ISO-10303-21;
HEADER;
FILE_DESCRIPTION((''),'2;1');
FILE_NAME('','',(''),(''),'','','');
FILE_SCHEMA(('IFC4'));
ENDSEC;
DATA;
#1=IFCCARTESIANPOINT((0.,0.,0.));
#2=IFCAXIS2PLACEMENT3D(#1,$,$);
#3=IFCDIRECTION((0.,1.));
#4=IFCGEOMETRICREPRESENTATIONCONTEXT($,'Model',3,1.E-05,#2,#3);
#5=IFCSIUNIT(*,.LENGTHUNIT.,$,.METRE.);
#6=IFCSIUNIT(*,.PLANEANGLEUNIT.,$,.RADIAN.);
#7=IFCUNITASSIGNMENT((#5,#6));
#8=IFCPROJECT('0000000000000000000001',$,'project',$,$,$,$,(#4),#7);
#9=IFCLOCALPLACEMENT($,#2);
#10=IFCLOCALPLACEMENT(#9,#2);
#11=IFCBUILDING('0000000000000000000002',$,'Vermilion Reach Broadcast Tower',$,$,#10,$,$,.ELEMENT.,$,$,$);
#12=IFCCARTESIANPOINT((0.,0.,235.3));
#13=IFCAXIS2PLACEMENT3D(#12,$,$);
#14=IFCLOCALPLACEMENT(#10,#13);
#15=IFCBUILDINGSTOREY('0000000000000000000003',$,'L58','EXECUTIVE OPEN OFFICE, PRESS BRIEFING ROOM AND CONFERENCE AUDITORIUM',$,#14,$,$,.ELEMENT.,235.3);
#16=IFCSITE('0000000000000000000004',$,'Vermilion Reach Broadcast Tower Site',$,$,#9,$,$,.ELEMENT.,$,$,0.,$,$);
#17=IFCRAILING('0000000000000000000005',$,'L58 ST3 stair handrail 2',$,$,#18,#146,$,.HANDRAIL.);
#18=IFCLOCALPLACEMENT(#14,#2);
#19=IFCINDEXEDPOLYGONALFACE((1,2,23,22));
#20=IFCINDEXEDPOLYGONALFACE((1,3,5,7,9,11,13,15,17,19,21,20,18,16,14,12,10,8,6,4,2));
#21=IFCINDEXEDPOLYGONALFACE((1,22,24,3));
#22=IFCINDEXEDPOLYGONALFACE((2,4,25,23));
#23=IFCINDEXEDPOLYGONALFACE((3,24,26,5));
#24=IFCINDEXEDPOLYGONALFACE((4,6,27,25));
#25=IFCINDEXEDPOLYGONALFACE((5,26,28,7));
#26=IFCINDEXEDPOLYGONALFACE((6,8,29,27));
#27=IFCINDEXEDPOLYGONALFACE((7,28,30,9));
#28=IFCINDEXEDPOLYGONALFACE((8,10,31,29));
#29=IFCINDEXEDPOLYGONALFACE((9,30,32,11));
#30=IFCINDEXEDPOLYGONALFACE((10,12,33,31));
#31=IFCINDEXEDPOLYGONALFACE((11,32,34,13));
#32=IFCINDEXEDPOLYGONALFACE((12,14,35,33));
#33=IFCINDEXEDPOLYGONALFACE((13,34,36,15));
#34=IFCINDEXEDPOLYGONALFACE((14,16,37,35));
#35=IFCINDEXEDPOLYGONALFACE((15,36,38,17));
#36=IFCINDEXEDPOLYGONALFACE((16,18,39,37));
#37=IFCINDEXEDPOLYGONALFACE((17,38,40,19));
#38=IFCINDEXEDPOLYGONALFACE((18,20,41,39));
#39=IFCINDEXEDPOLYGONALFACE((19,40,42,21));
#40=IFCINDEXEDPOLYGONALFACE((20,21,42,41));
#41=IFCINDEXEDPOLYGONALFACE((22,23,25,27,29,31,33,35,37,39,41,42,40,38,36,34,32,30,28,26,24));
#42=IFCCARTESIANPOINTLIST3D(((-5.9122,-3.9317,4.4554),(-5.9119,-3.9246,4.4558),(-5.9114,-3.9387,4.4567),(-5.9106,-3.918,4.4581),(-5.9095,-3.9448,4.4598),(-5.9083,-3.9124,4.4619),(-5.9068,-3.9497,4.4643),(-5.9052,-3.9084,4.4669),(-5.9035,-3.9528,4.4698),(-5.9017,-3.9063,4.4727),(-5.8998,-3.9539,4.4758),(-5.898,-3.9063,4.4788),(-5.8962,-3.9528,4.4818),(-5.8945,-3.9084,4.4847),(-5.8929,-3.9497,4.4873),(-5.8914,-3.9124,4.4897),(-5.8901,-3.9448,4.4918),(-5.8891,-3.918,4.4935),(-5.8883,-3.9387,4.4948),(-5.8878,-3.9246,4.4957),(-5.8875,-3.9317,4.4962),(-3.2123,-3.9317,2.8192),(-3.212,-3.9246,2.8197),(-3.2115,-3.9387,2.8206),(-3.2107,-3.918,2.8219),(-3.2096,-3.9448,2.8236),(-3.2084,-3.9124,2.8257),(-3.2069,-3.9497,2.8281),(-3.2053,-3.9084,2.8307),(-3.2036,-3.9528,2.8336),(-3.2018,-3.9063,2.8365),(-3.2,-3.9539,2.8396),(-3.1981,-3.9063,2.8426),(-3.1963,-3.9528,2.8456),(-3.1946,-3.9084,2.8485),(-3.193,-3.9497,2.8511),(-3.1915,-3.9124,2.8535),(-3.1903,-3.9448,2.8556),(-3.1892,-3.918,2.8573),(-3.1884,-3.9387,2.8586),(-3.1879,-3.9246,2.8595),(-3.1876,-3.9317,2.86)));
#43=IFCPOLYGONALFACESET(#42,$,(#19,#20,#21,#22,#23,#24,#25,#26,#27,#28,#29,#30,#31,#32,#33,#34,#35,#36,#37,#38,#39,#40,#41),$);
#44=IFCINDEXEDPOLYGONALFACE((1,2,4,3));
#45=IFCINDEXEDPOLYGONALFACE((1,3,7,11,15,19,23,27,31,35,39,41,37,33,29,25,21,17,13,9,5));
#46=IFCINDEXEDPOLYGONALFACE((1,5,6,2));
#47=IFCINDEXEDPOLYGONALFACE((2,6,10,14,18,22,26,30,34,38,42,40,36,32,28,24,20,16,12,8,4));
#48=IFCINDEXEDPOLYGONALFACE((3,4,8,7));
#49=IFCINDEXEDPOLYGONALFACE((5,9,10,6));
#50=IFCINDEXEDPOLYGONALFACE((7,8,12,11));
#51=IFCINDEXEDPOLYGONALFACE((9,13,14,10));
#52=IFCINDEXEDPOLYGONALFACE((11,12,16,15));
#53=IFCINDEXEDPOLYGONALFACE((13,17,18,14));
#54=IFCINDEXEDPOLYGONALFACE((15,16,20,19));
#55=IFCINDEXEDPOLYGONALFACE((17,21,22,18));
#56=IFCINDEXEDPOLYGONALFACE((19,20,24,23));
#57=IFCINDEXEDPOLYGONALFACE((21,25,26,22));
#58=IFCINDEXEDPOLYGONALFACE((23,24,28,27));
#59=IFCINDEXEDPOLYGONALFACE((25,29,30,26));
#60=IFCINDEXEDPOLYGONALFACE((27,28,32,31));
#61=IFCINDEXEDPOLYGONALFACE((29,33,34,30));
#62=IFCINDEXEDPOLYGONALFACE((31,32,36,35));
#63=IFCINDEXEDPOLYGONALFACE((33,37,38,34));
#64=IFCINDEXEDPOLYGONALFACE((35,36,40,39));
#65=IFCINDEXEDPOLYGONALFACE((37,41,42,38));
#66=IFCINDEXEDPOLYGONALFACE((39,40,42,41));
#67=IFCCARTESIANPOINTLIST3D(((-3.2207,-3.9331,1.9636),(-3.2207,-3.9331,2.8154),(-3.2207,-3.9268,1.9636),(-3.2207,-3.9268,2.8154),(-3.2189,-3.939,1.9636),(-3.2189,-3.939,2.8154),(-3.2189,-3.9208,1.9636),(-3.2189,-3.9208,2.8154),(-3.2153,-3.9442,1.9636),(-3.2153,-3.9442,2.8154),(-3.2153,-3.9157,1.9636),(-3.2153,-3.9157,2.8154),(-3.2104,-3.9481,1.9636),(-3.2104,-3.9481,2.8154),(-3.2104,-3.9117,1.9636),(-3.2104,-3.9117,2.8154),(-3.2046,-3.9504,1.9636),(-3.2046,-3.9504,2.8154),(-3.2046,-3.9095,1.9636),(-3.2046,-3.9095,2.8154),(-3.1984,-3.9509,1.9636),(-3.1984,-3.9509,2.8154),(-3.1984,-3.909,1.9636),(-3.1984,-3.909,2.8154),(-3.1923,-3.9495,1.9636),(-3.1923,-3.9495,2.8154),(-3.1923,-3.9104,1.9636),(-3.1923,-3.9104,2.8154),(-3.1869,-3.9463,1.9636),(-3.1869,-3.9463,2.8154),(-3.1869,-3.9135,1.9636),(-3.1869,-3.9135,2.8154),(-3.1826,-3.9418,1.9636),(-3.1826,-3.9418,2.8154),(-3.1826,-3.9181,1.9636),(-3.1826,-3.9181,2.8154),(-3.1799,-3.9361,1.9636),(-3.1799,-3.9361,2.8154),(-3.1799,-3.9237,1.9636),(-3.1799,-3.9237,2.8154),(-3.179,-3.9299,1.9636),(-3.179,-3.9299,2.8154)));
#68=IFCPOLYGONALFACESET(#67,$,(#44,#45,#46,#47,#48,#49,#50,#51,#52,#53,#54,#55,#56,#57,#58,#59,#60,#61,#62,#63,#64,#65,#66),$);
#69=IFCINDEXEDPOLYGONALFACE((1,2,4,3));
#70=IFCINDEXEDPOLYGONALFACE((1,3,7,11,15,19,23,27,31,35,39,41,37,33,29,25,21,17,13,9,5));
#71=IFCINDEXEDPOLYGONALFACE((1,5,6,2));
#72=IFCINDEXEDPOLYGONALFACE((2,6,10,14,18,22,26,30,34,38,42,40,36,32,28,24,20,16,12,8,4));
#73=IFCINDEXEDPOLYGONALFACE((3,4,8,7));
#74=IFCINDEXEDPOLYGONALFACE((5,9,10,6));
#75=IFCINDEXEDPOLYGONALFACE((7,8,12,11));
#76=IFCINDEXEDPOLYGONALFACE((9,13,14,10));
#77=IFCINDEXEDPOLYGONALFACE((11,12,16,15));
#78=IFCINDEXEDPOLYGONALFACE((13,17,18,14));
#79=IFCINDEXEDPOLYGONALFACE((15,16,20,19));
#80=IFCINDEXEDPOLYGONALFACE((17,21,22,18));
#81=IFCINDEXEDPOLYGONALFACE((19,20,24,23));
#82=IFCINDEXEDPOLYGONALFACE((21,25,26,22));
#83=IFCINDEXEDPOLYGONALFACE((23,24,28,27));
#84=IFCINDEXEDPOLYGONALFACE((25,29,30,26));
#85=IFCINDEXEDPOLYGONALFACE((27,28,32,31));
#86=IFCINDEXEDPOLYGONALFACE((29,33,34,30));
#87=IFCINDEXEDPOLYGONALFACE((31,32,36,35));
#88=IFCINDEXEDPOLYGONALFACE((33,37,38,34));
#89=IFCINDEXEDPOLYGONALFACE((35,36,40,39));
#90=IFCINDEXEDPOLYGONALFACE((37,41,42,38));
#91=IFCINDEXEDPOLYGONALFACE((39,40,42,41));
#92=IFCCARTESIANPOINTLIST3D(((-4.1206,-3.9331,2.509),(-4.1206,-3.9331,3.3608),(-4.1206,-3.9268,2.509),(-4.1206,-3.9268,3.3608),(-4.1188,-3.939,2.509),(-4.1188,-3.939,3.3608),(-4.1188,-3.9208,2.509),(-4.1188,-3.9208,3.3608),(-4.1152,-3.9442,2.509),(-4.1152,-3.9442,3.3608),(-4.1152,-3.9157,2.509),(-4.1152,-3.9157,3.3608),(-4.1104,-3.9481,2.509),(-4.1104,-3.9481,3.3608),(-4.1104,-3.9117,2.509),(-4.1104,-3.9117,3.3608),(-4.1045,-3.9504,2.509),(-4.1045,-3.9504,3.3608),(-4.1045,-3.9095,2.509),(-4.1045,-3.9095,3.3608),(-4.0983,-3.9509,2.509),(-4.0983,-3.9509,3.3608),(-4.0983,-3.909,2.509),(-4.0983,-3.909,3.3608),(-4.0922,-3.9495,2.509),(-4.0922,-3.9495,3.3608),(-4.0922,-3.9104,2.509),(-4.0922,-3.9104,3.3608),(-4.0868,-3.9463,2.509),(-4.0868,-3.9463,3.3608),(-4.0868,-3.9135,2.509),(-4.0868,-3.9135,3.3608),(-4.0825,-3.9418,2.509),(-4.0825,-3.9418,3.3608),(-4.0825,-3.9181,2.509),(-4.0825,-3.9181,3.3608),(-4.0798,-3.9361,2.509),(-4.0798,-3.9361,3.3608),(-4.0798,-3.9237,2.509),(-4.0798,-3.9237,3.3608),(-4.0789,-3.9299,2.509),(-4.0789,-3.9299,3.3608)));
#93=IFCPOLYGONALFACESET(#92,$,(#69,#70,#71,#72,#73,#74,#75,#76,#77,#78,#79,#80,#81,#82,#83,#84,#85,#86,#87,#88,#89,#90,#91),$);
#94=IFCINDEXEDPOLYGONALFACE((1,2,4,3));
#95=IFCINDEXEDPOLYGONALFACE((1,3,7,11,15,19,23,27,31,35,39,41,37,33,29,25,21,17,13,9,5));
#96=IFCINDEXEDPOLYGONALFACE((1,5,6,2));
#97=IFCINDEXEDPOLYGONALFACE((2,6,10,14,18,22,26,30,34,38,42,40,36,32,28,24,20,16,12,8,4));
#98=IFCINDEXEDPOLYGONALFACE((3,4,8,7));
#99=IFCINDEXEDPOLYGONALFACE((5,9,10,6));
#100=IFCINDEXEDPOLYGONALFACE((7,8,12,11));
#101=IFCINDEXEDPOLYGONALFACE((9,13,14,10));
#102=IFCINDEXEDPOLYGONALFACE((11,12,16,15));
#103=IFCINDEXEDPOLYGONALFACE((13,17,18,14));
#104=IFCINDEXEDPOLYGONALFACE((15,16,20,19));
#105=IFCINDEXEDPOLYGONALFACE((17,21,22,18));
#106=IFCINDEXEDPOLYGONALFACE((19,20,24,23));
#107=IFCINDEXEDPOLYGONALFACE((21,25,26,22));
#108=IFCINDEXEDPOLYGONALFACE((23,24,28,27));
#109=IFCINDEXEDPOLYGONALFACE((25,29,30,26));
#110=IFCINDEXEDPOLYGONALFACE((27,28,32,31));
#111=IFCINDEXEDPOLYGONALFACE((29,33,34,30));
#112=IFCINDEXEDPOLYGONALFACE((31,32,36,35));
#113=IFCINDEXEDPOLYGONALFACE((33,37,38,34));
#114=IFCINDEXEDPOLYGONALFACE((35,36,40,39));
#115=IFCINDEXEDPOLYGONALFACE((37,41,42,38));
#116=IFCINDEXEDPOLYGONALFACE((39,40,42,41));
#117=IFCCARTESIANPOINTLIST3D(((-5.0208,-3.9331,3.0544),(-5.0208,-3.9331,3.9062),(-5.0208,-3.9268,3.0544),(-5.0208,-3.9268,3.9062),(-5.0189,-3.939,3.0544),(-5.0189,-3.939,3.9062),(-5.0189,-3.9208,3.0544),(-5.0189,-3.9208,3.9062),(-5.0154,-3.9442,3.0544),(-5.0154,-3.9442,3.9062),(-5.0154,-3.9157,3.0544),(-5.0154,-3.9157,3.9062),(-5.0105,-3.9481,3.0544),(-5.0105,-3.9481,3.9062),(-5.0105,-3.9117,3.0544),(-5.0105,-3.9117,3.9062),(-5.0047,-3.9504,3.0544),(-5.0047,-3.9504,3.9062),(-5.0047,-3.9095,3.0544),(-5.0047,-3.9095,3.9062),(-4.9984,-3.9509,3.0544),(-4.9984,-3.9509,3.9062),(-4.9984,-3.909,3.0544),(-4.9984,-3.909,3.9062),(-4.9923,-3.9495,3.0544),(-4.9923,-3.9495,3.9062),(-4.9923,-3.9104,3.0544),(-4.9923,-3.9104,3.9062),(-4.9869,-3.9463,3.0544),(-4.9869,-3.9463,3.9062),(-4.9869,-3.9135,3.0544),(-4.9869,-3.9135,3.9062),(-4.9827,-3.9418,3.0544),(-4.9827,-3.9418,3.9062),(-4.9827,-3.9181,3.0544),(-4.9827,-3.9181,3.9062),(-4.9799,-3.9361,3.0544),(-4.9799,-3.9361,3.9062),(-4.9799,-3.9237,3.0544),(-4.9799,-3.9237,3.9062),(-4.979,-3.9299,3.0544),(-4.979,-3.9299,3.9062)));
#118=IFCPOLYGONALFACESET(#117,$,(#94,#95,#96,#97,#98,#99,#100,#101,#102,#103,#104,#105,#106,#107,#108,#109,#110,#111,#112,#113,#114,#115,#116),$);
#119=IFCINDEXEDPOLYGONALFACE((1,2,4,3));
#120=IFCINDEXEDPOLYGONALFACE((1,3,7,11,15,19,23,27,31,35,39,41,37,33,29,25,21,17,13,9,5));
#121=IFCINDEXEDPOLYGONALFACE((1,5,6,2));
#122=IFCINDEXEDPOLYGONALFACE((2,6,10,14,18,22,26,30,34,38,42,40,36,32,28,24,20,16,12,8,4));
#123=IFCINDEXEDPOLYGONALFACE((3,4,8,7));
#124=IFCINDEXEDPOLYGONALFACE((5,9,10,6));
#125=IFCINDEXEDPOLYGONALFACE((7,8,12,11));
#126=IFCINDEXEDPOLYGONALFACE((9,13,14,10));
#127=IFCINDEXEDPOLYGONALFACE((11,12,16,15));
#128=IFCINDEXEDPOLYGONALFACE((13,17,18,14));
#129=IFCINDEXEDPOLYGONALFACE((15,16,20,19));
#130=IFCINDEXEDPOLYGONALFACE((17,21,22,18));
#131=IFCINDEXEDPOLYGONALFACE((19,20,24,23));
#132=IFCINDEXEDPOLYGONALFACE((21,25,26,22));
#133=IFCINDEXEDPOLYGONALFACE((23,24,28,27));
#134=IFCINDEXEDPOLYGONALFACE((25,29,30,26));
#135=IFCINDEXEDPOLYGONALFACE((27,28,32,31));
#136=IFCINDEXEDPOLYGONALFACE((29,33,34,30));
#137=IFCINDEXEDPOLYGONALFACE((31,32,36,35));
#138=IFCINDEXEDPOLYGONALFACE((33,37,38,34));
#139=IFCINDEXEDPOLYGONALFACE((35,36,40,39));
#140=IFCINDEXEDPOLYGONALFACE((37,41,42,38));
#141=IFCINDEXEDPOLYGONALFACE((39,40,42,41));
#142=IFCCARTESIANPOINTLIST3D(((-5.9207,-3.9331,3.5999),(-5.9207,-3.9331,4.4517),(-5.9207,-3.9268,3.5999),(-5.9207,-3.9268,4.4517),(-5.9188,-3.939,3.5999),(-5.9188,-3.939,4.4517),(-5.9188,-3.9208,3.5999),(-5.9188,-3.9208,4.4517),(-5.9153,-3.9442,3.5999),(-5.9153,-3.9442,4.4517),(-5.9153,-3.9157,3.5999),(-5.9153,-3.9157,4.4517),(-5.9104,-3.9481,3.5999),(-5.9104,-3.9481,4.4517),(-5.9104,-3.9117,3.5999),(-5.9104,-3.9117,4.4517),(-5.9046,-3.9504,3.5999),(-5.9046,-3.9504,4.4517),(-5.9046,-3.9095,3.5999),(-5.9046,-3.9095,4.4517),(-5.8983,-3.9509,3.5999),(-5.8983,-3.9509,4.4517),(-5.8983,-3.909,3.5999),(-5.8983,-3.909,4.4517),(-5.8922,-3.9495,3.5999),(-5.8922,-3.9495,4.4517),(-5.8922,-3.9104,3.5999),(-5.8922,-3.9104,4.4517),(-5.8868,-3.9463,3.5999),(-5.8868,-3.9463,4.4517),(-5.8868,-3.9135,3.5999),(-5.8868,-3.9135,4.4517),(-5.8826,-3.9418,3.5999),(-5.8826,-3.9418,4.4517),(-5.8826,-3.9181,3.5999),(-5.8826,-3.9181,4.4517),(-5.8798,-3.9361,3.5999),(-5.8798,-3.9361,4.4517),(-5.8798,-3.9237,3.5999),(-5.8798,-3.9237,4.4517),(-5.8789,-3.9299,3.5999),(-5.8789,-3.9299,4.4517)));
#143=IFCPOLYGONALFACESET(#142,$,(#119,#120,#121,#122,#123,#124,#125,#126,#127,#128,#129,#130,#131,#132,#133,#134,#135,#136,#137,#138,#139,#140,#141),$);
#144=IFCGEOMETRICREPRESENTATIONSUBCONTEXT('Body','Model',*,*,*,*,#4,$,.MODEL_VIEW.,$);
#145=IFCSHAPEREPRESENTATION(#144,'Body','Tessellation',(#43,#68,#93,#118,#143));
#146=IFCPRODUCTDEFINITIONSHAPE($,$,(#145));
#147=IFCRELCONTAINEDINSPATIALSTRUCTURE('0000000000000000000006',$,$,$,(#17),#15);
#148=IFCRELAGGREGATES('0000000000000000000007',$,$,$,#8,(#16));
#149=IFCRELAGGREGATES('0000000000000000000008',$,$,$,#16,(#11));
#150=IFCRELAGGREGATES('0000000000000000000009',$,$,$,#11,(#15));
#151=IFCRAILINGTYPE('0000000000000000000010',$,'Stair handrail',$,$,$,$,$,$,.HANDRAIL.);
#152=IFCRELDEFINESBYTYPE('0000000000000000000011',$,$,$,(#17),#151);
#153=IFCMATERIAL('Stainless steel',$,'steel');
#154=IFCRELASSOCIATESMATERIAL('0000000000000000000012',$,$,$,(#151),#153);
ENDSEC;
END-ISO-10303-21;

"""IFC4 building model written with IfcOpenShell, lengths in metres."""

from ifc_helpers import new_model, si_unit, direction, frame, origin, origin_2d, place, context, subcontext, project, spatial, circle, extrude, material, type_object, element, save


model = new_model("IFC4")

# Units and contexts
model_context = context("Model", 3, precision=1e-05, world=origin(), true_north=direction((0.0, 1.0)))
body_context = subcontext(model_context, "Body", "Model", "MODEL_VIEW")
ifc_project = project(units=[si_unit("LENGTHUNIT", "METRE"), si_unit("PLANEANGLEUNIT", "RADIAN")], contexts=[model_context])

# Site, building, storey
site_placement = place(None, origin())
site = spatial("IfcSite", under=ifc_project, at=site_placement, Name="Vermilion Reach Broadcast Tower Site", CompositionType="ELEMENT", RefElevation=0.0)
building_placement = place(site_placement, origin())
building = spatial("IfcBuilding", under=site, at=building_placement, Name="Vermilion Reach Broadcast Tower", CompositionType="ELEMENT")
storey_placement = place(building_placement, frame((0.0, 0.0, 235.3)))
storey = spatial("IfcBuildingStorey", under=building, at=storey_placement, Name="L58", Description="EXECUTIVE OPEN OFFICE, PRESS BRIEFING ROOM AND CONFERENCE AUDITORIUM", CompositionType="ELEMENT", Elevation=235.3)

# Railing
ifc_material_1 = material(Name="Stainless steel", Category="steel")
railing_type_1 = type_object("IfcRailingType", Name="Stair handrail", PredefinedType="HANDRAIL", material=ifc_material_1)
railing_1_placement = place(storey_placement, frame((-3.2, -3.9299, 1.9636)))
element("IfcRailing", 1, at=railing_1_placement, inside=storey, type_object=railing_type_1, Name="L58 ST3 stair handrail 2", PredefinedType="HANDRAIL", context=body_context, shape_type="SweptSolid", body=[
    extrude(circle(Radius=0.0239, at=origin_2d()), frame((0.0, 0.0, 0.876), z_axis=(-0.855212, 0.0, 0.518278), x_axis=(0.0, -1.0, 0.0)), (0.0, 0.0, 1.0), 3.157),
    extrude(circle(Radius=0.021, at=origin_2d()), origin(), (0.0, 0.0, 1.0), 0.8518),
    extrude(circle(Radius=0.021, at=origin_2d()), frame((-0.8999, 0.0, 0.5454)), (0.0, 0.0, 1.0), 0.8518),
    extrude(circle(Radius=0.021, at=origin_2d()), frame((-1.8, 0.0, 1.0908)), (0.0, 0.0, 1.0), 0.8518),
    extrude(circle(Radius=0.021, at=origin_2d()), frame((-2.7, 0.0, 1.6362)), (0.0, 0.0, 1.0), 0.8518),
])

save(model, "model.ifc")
